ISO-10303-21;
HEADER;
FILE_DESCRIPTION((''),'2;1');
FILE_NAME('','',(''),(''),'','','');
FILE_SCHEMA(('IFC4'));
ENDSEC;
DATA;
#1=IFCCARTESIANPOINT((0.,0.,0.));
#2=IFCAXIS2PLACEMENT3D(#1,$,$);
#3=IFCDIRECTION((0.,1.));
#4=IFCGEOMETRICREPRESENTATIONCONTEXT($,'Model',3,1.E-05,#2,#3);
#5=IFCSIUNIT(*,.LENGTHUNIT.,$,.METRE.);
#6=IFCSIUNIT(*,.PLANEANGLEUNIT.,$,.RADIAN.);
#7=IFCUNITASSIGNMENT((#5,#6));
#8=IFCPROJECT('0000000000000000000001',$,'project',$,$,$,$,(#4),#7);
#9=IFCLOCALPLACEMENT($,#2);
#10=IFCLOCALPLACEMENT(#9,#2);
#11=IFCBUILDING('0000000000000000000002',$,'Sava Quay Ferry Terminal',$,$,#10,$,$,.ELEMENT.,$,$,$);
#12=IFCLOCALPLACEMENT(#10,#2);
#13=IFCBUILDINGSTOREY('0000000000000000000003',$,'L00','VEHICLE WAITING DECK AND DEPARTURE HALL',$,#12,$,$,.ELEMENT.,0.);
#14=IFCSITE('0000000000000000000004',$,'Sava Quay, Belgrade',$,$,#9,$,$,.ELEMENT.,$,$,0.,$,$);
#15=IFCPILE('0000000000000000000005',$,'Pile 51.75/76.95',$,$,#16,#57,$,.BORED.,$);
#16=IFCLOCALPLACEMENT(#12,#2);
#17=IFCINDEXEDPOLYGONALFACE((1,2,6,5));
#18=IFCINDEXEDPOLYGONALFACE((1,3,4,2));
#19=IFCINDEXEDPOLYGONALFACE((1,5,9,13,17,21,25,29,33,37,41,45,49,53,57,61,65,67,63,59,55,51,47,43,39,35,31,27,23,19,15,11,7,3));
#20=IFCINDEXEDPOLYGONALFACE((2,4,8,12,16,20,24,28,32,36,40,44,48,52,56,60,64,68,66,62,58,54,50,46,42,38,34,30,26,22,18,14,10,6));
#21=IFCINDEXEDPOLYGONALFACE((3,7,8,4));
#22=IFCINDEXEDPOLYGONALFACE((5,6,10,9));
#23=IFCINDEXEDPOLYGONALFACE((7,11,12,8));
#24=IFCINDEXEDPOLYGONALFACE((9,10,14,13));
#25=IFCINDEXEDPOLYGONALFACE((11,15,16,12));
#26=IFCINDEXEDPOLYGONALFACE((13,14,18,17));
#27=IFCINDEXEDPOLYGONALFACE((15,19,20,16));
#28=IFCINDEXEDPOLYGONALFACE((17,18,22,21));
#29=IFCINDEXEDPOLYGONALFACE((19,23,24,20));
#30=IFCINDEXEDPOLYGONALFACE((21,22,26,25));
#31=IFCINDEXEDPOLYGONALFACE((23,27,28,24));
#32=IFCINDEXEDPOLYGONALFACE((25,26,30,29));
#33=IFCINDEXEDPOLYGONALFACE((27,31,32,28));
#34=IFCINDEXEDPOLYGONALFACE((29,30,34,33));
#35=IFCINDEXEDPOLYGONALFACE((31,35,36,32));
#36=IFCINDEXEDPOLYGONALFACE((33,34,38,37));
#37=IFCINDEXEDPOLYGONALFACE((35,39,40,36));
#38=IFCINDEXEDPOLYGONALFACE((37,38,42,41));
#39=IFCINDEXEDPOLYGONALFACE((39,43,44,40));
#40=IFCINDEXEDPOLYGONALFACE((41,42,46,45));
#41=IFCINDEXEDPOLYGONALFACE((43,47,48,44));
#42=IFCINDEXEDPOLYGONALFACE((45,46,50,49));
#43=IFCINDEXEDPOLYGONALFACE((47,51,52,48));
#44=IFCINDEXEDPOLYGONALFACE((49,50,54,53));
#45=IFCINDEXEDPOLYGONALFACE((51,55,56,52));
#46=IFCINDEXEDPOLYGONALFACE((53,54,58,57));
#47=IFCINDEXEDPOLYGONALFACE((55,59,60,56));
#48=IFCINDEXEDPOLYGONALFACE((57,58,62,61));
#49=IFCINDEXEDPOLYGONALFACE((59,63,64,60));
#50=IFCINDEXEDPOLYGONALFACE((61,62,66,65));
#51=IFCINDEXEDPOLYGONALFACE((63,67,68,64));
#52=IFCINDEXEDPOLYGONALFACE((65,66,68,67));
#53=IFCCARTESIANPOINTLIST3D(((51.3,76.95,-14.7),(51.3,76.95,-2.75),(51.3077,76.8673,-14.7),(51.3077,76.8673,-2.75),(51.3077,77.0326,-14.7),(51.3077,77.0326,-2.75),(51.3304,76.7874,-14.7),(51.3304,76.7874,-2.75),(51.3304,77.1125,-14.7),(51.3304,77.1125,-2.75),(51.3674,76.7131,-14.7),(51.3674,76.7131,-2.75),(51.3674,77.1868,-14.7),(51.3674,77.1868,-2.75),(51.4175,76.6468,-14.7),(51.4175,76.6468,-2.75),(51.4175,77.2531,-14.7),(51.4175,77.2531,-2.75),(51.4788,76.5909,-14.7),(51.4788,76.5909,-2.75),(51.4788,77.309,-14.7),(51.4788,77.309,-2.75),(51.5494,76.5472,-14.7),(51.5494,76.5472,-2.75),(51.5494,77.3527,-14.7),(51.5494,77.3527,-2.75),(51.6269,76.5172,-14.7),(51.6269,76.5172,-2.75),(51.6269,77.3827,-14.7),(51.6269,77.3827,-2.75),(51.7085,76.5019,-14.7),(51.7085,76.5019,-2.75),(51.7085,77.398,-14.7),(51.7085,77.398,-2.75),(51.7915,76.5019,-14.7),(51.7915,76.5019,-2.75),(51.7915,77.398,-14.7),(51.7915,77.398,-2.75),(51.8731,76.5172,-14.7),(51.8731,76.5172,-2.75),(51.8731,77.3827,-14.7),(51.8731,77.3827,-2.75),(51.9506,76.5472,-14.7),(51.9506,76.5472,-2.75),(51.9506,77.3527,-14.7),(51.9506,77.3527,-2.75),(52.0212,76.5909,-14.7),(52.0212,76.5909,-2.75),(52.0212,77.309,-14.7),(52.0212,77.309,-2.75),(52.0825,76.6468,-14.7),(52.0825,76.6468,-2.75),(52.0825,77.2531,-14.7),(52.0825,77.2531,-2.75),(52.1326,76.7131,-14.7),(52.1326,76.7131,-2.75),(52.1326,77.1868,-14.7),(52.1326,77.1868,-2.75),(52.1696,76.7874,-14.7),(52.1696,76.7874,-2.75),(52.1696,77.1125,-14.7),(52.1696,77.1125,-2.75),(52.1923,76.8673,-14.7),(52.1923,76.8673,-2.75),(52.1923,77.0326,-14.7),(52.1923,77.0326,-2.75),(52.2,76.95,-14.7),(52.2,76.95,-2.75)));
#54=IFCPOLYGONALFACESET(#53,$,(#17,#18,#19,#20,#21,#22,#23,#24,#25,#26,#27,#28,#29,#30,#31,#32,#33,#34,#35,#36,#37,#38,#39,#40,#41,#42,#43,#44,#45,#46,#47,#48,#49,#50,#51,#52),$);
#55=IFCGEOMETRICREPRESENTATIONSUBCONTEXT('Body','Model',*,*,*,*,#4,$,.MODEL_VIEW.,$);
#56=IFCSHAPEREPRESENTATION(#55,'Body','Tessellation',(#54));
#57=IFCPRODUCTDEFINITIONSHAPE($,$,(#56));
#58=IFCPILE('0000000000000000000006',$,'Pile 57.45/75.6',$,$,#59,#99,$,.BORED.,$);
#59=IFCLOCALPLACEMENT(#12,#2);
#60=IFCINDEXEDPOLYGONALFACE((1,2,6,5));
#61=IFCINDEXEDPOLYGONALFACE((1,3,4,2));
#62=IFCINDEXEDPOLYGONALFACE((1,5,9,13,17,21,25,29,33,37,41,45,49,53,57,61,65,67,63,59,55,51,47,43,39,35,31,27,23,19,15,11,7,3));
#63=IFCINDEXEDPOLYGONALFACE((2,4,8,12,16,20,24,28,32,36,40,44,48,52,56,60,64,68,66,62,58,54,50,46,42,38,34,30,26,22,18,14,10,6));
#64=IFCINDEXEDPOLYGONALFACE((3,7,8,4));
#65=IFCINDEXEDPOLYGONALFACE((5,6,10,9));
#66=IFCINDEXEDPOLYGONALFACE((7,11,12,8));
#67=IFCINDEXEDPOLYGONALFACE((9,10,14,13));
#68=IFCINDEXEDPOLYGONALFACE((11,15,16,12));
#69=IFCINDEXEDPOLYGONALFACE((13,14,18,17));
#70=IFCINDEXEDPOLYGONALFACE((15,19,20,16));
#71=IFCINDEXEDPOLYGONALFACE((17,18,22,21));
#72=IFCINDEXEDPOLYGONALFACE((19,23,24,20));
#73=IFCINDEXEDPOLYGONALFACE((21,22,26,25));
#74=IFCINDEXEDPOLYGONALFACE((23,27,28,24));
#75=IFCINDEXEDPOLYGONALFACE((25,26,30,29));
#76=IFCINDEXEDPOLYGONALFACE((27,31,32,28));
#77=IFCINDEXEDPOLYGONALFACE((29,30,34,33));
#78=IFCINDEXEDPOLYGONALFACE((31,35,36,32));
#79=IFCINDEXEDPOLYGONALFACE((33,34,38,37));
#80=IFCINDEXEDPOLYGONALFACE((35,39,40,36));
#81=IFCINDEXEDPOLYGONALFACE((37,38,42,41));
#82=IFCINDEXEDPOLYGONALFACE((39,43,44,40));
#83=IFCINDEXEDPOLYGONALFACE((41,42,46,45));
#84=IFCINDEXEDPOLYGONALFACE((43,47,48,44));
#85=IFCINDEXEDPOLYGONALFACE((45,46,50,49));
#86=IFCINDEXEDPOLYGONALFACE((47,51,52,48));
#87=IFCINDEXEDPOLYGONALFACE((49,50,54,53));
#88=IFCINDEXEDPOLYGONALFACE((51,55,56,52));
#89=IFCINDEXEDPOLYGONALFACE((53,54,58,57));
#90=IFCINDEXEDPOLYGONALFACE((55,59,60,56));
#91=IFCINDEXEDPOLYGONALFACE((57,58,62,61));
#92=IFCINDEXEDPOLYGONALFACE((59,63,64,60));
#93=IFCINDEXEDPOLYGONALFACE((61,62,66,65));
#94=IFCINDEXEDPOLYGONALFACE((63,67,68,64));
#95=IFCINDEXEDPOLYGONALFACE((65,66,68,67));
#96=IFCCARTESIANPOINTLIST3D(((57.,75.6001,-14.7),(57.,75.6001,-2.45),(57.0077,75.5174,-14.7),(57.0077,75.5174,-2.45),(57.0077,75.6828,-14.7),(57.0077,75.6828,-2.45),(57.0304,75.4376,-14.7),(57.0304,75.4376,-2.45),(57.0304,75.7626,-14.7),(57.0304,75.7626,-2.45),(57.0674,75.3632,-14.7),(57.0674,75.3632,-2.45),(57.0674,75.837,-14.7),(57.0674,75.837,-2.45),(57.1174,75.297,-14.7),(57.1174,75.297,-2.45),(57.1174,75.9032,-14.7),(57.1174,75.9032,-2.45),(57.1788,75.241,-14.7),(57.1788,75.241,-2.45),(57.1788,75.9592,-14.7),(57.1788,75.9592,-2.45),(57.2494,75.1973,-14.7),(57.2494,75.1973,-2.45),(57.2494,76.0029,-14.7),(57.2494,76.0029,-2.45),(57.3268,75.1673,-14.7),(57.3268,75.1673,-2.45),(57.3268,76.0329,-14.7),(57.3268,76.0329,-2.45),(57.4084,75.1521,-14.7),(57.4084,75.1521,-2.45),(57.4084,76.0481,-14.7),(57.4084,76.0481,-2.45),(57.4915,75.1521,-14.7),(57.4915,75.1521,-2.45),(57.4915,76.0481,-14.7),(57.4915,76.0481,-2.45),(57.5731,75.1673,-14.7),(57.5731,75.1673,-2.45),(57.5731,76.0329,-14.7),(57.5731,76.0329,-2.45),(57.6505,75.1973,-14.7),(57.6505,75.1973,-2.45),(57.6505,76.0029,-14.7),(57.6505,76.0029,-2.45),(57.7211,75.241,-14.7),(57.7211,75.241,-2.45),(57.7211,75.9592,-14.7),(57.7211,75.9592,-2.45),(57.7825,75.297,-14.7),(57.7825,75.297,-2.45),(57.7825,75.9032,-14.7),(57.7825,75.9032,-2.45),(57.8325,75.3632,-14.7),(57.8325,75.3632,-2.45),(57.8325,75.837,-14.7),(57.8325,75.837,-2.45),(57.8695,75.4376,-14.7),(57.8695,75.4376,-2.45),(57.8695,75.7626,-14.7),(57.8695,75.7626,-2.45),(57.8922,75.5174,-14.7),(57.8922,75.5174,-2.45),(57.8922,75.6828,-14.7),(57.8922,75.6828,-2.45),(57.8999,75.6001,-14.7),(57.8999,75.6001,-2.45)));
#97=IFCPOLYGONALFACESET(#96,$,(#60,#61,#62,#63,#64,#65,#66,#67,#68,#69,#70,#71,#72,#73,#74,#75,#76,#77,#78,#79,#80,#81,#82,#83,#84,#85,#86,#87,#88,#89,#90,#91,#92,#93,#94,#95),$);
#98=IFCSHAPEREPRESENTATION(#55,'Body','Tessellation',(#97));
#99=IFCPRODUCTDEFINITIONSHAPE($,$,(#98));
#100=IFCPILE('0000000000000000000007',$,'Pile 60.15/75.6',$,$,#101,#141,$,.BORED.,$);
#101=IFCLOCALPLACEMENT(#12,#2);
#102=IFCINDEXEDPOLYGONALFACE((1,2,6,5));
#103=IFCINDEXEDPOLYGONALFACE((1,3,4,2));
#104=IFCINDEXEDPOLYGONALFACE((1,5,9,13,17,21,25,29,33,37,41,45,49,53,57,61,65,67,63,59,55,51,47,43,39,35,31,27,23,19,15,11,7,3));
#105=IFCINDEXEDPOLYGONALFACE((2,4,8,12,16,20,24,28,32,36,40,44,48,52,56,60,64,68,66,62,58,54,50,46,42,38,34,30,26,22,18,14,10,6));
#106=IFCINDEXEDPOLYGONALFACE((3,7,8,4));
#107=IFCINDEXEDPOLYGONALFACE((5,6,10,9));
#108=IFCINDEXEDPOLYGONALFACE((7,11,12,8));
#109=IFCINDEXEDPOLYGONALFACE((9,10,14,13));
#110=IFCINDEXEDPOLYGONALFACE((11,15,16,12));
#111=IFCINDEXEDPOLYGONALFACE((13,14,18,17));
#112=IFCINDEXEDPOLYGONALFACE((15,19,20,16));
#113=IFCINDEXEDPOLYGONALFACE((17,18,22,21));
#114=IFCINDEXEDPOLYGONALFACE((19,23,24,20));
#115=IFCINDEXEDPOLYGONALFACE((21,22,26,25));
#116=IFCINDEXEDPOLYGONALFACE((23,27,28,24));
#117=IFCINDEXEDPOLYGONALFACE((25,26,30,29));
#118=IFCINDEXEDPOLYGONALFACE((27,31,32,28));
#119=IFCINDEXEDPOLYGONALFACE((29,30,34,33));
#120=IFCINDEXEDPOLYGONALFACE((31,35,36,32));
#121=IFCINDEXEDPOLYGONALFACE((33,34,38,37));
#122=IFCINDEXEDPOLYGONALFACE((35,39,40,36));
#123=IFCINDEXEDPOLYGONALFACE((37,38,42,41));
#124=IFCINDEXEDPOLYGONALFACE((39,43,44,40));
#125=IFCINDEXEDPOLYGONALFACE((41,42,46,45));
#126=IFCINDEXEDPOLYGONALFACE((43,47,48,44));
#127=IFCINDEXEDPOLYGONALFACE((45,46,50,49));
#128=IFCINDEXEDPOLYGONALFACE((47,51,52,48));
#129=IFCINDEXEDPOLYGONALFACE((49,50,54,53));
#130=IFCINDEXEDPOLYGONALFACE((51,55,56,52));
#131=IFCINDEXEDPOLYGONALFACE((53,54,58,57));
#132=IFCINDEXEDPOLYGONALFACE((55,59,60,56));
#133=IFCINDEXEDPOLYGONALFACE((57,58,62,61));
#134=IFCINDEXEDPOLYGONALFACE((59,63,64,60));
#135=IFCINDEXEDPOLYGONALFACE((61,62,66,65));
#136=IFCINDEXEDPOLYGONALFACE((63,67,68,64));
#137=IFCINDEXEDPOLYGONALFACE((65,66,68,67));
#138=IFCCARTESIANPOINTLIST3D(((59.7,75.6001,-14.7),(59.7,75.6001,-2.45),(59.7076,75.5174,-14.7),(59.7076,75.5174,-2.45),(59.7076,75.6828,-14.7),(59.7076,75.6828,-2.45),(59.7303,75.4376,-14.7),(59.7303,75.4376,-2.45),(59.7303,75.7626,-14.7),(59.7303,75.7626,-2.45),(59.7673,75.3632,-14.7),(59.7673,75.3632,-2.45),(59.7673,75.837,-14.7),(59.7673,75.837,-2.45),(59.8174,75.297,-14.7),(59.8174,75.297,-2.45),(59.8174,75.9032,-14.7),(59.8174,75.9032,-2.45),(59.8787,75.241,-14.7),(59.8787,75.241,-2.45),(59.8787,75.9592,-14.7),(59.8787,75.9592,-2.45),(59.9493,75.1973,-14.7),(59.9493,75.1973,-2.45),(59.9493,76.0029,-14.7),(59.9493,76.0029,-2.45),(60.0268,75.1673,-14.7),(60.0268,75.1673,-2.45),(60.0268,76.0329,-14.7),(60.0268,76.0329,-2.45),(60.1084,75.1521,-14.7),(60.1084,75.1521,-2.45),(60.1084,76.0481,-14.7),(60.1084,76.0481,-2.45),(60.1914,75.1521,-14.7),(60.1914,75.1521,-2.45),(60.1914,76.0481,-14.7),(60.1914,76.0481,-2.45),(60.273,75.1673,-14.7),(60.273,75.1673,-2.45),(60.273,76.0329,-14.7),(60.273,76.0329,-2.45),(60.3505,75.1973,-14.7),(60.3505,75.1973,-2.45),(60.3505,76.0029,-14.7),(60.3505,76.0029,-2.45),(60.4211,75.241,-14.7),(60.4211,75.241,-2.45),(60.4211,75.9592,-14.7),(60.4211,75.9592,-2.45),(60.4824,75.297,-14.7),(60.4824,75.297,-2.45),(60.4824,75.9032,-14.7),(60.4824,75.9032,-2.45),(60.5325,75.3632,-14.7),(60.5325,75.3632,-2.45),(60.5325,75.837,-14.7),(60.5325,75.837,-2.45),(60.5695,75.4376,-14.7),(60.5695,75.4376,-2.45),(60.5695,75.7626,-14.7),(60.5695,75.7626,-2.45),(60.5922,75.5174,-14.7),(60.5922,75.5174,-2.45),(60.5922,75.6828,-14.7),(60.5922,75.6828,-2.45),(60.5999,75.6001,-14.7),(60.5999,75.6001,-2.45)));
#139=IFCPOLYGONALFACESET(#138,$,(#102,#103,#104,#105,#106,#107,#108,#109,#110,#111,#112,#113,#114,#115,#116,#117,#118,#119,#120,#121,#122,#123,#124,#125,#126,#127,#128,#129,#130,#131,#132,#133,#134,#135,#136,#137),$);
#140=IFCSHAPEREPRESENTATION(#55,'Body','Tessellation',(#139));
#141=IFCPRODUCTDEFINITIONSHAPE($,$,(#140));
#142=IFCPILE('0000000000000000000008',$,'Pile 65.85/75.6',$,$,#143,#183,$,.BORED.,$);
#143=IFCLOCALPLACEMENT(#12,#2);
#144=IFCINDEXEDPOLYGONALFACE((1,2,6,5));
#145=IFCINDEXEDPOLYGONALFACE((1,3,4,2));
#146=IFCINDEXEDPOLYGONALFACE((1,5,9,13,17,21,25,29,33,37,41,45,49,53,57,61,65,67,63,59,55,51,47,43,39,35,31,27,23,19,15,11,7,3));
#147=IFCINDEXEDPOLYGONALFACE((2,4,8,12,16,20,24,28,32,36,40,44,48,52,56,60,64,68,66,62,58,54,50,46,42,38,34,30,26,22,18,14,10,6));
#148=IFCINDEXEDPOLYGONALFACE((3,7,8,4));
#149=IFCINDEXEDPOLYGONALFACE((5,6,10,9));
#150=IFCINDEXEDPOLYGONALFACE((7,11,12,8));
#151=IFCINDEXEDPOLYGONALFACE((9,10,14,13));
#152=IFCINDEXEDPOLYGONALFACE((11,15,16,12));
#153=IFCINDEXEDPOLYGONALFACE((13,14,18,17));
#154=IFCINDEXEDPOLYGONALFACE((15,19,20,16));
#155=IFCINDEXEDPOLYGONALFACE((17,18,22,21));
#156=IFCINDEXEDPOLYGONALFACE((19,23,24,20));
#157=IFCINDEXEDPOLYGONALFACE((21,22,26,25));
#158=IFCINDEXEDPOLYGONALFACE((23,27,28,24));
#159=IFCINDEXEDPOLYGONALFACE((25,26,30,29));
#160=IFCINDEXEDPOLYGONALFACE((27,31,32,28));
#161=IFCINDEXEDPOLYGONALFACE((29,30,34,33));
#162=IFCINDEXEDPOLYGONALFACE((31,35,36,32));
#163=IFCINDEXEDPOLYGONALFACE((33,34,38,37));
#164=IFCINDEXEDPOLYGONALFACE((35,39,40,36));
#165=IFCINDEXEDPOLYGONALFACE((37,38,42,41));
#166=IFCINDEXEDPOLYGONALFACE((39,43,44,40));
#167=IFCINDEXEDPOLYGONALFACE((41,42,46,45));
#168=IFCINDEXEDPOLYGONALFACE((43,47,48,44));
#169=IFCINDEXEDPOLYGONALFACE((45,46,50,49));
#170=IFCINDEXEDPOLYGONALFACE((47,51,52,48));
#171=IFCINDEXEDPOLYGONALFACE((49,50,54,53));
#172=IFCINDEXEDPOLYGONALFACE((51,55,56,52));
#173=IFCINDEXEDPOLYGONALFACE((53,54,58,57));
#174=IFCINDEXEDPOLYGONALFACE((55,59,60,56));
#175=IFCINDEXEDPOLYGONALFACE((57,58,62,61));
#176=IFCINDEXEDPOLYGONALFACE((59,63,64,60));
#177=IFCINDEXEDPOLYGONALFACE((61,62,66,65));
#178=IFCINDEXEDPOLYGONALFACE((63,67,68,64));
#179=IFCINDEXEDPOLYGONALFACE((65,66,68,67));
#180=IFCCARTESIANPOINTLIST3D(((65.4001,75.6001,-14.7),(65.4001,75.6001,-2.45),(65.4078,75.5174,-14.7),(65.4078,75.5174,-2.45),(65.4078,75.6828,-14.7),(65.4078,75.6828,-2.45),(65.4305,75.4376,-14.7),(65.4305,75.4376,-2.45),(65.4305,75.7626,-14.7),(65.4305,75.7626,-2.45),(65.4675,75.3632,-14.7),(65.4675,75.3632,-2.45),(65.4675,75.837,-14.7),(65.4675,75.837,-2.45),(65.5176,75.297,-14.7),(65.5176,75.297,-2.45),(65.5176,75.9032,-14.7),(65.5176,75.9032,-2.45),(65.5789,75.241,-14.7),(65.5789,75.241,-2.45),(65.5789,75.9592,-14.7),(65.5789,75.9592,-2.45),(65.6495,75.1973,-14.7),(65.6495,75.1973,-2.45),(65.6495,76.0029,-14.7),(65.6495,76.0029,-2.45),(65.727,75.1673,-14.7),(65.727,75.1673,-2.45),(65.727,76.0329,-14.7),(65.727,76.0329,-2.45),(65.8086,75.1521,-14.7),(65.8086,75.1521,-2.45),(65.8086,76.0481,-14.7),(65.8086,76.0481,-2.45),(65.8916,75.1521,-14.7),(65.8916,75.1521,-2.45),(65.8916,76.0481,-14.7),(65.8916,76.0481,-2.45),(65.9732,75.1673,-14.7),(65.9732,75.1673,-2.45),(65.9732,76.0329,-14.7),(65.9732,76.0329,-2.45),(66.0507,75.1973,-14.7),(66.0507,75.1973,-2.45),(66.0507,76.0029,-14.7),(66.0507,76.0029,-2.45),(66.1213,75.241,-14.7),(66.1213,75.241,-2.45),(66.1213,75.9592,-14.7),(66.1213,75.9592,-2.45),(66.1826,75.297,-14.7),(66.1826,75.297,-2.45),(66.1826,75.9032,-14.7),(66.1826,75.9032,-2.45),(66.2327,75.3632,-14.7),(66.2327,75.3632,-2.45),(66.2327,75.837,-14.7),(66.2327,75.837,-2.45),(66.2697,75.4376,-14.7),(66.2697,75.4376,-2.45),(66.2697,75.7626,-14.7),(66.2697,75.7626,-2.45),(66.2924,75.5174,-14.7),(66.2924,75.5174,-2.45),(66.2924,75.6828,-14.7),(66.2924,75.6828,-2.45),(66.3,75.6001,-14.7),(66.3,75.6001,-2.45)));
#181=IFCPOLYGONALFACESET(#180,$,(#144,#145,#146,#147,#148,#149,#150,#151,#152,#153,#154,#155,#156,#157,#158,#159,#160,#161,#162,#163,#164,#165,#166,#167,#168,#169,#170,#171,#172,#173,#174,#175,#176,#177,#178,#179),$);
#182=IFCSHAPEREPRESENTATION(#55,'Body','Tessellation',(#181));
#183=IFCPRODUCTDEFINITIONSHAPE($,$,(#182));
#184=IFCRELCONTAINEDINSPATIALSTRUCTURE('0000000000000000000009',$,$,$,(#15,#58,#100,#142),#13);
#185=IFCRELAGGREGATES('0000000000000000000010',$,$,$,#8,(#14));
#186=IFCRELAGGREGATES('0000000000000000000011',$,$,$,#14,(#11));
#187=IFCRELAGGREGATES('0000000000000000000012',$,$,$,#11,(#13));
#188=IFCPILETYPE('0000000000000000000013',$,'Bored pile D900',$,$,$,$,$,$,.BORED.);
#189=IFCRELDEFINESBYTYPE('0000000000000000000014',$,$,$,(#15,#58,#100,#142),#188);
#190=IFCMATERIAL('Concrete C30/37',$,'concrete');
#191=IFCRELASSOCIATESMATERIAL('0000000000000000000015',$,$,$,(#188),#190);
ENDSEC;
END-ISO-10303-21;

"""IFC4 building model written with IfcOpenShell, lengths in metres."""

from ifc_helpers import new_model, si_unit, direction, frame, origin, origin_2d, place, context, subcontext, project, spatial, circle, extrude, material, material_profile, profile_set, type_object, element, save


model = new_model("IFC4")

# Units and contexts
model_context = context("Model", 3, precision=1e-05, world=origin(), true_north=direction((0.0, 1.0)))
body_context = subcontext(model_context, "Body", "Model", "MODEL_VIEW")
ifc_project = project(units=[si_unit("LENGTHUNIT", "METRE"), si_unit("PLANEANGLEUNIT", "RADIAN")], contexts=[model_context])

# Site, building, storey
site_placement = place(None, origin())
site = spatial("IfcSite", under=ifc_project, at=site_placement, Name="Sava Quay, Belgrade", CompositionType="ELEMENT", RefElevation=0.0)
building_placement = place(site_placement, origin())
building = spatial("IfcBuilding", under=site, at=building_placement, Name="Sava Quay Ferry Terminal", CompositionType="ELEMENT")
storey_placement = place(building_placement, origin())
storey = spatial("IfcBuildingStorey", under=building, at=storey_placement, Name="L00", Description="VEHICLE WAITING DECK AND DEPARTURE HALL", CompositionType="ELEMENT", Elevation=0.0)

# Piles
ifc_material_1 = material(Name="Concrete C30/37", Category="concrete")
ifc_material_profile_1 = material_profile(ifc_material_1, circle(Radius=0.45, at=origin_2d()), Name="Bored pile D900")
ifc_profile_set_1 = profile_set([ifc_material_profile_1], Name="Concrete C30/37")
pile_type = type_object("IfcPileType", Name="Bored pile D900", PredefinedType="BORED", material=ifc_profile_set_1)
pile_1_placement = place(storey_placement, frame((51.75, 76.95, -2.75), z_axis=(0.0, 0.0, -1.0), x_axis=(1.0, 0.0, 0.0)))
element("IfcPile", 1, at=pile_1_placement, inside=storey, type_object=pile_type, Name="Pile 51.75/76.95", PredefinedType="BORED", context=body_context, shape_type="SweptSolid", body=[
    extrude(circle(Radius=0.45, at=origin_2d()), origin(), (0.0, 0.0, 1.0), 11.95),
])
for number, where, z_axis, x_axis, name in (
    (2, (57.45, 75.6001, -2.45), (0.0, 0.0, -1.0), (1.0, 0.0, 0.0), "Pile 57.45/75.6"),
    (3, (60.1499, 75.6001, -2.45), (0.0, 0.0, -1.0), (1.0, 0.0, 0.0), "Pile 60.15/75.6"),
    (4, (65.8501, 75.6001, -2.45), (0.0, 0.0, -1.0), (1.0, 0.0, 0.0), "Pile 65.85/75.6"),
):
    element("IfcPile", number, at=place(storey_placement, frame(where, z_axis=z_axis, x_axis=x_axis)), inside=storey, type_object=pile_type, Name=name, PredefinedType="BORED", context=body_context, shape_type="SweptSolid", body=[
        extrude(circle(Radius=0.45, at=origin_2d()), origin(), (0.0, 0.0, 1.0), 12.25),
    ])

save(model, "model.ifc")
